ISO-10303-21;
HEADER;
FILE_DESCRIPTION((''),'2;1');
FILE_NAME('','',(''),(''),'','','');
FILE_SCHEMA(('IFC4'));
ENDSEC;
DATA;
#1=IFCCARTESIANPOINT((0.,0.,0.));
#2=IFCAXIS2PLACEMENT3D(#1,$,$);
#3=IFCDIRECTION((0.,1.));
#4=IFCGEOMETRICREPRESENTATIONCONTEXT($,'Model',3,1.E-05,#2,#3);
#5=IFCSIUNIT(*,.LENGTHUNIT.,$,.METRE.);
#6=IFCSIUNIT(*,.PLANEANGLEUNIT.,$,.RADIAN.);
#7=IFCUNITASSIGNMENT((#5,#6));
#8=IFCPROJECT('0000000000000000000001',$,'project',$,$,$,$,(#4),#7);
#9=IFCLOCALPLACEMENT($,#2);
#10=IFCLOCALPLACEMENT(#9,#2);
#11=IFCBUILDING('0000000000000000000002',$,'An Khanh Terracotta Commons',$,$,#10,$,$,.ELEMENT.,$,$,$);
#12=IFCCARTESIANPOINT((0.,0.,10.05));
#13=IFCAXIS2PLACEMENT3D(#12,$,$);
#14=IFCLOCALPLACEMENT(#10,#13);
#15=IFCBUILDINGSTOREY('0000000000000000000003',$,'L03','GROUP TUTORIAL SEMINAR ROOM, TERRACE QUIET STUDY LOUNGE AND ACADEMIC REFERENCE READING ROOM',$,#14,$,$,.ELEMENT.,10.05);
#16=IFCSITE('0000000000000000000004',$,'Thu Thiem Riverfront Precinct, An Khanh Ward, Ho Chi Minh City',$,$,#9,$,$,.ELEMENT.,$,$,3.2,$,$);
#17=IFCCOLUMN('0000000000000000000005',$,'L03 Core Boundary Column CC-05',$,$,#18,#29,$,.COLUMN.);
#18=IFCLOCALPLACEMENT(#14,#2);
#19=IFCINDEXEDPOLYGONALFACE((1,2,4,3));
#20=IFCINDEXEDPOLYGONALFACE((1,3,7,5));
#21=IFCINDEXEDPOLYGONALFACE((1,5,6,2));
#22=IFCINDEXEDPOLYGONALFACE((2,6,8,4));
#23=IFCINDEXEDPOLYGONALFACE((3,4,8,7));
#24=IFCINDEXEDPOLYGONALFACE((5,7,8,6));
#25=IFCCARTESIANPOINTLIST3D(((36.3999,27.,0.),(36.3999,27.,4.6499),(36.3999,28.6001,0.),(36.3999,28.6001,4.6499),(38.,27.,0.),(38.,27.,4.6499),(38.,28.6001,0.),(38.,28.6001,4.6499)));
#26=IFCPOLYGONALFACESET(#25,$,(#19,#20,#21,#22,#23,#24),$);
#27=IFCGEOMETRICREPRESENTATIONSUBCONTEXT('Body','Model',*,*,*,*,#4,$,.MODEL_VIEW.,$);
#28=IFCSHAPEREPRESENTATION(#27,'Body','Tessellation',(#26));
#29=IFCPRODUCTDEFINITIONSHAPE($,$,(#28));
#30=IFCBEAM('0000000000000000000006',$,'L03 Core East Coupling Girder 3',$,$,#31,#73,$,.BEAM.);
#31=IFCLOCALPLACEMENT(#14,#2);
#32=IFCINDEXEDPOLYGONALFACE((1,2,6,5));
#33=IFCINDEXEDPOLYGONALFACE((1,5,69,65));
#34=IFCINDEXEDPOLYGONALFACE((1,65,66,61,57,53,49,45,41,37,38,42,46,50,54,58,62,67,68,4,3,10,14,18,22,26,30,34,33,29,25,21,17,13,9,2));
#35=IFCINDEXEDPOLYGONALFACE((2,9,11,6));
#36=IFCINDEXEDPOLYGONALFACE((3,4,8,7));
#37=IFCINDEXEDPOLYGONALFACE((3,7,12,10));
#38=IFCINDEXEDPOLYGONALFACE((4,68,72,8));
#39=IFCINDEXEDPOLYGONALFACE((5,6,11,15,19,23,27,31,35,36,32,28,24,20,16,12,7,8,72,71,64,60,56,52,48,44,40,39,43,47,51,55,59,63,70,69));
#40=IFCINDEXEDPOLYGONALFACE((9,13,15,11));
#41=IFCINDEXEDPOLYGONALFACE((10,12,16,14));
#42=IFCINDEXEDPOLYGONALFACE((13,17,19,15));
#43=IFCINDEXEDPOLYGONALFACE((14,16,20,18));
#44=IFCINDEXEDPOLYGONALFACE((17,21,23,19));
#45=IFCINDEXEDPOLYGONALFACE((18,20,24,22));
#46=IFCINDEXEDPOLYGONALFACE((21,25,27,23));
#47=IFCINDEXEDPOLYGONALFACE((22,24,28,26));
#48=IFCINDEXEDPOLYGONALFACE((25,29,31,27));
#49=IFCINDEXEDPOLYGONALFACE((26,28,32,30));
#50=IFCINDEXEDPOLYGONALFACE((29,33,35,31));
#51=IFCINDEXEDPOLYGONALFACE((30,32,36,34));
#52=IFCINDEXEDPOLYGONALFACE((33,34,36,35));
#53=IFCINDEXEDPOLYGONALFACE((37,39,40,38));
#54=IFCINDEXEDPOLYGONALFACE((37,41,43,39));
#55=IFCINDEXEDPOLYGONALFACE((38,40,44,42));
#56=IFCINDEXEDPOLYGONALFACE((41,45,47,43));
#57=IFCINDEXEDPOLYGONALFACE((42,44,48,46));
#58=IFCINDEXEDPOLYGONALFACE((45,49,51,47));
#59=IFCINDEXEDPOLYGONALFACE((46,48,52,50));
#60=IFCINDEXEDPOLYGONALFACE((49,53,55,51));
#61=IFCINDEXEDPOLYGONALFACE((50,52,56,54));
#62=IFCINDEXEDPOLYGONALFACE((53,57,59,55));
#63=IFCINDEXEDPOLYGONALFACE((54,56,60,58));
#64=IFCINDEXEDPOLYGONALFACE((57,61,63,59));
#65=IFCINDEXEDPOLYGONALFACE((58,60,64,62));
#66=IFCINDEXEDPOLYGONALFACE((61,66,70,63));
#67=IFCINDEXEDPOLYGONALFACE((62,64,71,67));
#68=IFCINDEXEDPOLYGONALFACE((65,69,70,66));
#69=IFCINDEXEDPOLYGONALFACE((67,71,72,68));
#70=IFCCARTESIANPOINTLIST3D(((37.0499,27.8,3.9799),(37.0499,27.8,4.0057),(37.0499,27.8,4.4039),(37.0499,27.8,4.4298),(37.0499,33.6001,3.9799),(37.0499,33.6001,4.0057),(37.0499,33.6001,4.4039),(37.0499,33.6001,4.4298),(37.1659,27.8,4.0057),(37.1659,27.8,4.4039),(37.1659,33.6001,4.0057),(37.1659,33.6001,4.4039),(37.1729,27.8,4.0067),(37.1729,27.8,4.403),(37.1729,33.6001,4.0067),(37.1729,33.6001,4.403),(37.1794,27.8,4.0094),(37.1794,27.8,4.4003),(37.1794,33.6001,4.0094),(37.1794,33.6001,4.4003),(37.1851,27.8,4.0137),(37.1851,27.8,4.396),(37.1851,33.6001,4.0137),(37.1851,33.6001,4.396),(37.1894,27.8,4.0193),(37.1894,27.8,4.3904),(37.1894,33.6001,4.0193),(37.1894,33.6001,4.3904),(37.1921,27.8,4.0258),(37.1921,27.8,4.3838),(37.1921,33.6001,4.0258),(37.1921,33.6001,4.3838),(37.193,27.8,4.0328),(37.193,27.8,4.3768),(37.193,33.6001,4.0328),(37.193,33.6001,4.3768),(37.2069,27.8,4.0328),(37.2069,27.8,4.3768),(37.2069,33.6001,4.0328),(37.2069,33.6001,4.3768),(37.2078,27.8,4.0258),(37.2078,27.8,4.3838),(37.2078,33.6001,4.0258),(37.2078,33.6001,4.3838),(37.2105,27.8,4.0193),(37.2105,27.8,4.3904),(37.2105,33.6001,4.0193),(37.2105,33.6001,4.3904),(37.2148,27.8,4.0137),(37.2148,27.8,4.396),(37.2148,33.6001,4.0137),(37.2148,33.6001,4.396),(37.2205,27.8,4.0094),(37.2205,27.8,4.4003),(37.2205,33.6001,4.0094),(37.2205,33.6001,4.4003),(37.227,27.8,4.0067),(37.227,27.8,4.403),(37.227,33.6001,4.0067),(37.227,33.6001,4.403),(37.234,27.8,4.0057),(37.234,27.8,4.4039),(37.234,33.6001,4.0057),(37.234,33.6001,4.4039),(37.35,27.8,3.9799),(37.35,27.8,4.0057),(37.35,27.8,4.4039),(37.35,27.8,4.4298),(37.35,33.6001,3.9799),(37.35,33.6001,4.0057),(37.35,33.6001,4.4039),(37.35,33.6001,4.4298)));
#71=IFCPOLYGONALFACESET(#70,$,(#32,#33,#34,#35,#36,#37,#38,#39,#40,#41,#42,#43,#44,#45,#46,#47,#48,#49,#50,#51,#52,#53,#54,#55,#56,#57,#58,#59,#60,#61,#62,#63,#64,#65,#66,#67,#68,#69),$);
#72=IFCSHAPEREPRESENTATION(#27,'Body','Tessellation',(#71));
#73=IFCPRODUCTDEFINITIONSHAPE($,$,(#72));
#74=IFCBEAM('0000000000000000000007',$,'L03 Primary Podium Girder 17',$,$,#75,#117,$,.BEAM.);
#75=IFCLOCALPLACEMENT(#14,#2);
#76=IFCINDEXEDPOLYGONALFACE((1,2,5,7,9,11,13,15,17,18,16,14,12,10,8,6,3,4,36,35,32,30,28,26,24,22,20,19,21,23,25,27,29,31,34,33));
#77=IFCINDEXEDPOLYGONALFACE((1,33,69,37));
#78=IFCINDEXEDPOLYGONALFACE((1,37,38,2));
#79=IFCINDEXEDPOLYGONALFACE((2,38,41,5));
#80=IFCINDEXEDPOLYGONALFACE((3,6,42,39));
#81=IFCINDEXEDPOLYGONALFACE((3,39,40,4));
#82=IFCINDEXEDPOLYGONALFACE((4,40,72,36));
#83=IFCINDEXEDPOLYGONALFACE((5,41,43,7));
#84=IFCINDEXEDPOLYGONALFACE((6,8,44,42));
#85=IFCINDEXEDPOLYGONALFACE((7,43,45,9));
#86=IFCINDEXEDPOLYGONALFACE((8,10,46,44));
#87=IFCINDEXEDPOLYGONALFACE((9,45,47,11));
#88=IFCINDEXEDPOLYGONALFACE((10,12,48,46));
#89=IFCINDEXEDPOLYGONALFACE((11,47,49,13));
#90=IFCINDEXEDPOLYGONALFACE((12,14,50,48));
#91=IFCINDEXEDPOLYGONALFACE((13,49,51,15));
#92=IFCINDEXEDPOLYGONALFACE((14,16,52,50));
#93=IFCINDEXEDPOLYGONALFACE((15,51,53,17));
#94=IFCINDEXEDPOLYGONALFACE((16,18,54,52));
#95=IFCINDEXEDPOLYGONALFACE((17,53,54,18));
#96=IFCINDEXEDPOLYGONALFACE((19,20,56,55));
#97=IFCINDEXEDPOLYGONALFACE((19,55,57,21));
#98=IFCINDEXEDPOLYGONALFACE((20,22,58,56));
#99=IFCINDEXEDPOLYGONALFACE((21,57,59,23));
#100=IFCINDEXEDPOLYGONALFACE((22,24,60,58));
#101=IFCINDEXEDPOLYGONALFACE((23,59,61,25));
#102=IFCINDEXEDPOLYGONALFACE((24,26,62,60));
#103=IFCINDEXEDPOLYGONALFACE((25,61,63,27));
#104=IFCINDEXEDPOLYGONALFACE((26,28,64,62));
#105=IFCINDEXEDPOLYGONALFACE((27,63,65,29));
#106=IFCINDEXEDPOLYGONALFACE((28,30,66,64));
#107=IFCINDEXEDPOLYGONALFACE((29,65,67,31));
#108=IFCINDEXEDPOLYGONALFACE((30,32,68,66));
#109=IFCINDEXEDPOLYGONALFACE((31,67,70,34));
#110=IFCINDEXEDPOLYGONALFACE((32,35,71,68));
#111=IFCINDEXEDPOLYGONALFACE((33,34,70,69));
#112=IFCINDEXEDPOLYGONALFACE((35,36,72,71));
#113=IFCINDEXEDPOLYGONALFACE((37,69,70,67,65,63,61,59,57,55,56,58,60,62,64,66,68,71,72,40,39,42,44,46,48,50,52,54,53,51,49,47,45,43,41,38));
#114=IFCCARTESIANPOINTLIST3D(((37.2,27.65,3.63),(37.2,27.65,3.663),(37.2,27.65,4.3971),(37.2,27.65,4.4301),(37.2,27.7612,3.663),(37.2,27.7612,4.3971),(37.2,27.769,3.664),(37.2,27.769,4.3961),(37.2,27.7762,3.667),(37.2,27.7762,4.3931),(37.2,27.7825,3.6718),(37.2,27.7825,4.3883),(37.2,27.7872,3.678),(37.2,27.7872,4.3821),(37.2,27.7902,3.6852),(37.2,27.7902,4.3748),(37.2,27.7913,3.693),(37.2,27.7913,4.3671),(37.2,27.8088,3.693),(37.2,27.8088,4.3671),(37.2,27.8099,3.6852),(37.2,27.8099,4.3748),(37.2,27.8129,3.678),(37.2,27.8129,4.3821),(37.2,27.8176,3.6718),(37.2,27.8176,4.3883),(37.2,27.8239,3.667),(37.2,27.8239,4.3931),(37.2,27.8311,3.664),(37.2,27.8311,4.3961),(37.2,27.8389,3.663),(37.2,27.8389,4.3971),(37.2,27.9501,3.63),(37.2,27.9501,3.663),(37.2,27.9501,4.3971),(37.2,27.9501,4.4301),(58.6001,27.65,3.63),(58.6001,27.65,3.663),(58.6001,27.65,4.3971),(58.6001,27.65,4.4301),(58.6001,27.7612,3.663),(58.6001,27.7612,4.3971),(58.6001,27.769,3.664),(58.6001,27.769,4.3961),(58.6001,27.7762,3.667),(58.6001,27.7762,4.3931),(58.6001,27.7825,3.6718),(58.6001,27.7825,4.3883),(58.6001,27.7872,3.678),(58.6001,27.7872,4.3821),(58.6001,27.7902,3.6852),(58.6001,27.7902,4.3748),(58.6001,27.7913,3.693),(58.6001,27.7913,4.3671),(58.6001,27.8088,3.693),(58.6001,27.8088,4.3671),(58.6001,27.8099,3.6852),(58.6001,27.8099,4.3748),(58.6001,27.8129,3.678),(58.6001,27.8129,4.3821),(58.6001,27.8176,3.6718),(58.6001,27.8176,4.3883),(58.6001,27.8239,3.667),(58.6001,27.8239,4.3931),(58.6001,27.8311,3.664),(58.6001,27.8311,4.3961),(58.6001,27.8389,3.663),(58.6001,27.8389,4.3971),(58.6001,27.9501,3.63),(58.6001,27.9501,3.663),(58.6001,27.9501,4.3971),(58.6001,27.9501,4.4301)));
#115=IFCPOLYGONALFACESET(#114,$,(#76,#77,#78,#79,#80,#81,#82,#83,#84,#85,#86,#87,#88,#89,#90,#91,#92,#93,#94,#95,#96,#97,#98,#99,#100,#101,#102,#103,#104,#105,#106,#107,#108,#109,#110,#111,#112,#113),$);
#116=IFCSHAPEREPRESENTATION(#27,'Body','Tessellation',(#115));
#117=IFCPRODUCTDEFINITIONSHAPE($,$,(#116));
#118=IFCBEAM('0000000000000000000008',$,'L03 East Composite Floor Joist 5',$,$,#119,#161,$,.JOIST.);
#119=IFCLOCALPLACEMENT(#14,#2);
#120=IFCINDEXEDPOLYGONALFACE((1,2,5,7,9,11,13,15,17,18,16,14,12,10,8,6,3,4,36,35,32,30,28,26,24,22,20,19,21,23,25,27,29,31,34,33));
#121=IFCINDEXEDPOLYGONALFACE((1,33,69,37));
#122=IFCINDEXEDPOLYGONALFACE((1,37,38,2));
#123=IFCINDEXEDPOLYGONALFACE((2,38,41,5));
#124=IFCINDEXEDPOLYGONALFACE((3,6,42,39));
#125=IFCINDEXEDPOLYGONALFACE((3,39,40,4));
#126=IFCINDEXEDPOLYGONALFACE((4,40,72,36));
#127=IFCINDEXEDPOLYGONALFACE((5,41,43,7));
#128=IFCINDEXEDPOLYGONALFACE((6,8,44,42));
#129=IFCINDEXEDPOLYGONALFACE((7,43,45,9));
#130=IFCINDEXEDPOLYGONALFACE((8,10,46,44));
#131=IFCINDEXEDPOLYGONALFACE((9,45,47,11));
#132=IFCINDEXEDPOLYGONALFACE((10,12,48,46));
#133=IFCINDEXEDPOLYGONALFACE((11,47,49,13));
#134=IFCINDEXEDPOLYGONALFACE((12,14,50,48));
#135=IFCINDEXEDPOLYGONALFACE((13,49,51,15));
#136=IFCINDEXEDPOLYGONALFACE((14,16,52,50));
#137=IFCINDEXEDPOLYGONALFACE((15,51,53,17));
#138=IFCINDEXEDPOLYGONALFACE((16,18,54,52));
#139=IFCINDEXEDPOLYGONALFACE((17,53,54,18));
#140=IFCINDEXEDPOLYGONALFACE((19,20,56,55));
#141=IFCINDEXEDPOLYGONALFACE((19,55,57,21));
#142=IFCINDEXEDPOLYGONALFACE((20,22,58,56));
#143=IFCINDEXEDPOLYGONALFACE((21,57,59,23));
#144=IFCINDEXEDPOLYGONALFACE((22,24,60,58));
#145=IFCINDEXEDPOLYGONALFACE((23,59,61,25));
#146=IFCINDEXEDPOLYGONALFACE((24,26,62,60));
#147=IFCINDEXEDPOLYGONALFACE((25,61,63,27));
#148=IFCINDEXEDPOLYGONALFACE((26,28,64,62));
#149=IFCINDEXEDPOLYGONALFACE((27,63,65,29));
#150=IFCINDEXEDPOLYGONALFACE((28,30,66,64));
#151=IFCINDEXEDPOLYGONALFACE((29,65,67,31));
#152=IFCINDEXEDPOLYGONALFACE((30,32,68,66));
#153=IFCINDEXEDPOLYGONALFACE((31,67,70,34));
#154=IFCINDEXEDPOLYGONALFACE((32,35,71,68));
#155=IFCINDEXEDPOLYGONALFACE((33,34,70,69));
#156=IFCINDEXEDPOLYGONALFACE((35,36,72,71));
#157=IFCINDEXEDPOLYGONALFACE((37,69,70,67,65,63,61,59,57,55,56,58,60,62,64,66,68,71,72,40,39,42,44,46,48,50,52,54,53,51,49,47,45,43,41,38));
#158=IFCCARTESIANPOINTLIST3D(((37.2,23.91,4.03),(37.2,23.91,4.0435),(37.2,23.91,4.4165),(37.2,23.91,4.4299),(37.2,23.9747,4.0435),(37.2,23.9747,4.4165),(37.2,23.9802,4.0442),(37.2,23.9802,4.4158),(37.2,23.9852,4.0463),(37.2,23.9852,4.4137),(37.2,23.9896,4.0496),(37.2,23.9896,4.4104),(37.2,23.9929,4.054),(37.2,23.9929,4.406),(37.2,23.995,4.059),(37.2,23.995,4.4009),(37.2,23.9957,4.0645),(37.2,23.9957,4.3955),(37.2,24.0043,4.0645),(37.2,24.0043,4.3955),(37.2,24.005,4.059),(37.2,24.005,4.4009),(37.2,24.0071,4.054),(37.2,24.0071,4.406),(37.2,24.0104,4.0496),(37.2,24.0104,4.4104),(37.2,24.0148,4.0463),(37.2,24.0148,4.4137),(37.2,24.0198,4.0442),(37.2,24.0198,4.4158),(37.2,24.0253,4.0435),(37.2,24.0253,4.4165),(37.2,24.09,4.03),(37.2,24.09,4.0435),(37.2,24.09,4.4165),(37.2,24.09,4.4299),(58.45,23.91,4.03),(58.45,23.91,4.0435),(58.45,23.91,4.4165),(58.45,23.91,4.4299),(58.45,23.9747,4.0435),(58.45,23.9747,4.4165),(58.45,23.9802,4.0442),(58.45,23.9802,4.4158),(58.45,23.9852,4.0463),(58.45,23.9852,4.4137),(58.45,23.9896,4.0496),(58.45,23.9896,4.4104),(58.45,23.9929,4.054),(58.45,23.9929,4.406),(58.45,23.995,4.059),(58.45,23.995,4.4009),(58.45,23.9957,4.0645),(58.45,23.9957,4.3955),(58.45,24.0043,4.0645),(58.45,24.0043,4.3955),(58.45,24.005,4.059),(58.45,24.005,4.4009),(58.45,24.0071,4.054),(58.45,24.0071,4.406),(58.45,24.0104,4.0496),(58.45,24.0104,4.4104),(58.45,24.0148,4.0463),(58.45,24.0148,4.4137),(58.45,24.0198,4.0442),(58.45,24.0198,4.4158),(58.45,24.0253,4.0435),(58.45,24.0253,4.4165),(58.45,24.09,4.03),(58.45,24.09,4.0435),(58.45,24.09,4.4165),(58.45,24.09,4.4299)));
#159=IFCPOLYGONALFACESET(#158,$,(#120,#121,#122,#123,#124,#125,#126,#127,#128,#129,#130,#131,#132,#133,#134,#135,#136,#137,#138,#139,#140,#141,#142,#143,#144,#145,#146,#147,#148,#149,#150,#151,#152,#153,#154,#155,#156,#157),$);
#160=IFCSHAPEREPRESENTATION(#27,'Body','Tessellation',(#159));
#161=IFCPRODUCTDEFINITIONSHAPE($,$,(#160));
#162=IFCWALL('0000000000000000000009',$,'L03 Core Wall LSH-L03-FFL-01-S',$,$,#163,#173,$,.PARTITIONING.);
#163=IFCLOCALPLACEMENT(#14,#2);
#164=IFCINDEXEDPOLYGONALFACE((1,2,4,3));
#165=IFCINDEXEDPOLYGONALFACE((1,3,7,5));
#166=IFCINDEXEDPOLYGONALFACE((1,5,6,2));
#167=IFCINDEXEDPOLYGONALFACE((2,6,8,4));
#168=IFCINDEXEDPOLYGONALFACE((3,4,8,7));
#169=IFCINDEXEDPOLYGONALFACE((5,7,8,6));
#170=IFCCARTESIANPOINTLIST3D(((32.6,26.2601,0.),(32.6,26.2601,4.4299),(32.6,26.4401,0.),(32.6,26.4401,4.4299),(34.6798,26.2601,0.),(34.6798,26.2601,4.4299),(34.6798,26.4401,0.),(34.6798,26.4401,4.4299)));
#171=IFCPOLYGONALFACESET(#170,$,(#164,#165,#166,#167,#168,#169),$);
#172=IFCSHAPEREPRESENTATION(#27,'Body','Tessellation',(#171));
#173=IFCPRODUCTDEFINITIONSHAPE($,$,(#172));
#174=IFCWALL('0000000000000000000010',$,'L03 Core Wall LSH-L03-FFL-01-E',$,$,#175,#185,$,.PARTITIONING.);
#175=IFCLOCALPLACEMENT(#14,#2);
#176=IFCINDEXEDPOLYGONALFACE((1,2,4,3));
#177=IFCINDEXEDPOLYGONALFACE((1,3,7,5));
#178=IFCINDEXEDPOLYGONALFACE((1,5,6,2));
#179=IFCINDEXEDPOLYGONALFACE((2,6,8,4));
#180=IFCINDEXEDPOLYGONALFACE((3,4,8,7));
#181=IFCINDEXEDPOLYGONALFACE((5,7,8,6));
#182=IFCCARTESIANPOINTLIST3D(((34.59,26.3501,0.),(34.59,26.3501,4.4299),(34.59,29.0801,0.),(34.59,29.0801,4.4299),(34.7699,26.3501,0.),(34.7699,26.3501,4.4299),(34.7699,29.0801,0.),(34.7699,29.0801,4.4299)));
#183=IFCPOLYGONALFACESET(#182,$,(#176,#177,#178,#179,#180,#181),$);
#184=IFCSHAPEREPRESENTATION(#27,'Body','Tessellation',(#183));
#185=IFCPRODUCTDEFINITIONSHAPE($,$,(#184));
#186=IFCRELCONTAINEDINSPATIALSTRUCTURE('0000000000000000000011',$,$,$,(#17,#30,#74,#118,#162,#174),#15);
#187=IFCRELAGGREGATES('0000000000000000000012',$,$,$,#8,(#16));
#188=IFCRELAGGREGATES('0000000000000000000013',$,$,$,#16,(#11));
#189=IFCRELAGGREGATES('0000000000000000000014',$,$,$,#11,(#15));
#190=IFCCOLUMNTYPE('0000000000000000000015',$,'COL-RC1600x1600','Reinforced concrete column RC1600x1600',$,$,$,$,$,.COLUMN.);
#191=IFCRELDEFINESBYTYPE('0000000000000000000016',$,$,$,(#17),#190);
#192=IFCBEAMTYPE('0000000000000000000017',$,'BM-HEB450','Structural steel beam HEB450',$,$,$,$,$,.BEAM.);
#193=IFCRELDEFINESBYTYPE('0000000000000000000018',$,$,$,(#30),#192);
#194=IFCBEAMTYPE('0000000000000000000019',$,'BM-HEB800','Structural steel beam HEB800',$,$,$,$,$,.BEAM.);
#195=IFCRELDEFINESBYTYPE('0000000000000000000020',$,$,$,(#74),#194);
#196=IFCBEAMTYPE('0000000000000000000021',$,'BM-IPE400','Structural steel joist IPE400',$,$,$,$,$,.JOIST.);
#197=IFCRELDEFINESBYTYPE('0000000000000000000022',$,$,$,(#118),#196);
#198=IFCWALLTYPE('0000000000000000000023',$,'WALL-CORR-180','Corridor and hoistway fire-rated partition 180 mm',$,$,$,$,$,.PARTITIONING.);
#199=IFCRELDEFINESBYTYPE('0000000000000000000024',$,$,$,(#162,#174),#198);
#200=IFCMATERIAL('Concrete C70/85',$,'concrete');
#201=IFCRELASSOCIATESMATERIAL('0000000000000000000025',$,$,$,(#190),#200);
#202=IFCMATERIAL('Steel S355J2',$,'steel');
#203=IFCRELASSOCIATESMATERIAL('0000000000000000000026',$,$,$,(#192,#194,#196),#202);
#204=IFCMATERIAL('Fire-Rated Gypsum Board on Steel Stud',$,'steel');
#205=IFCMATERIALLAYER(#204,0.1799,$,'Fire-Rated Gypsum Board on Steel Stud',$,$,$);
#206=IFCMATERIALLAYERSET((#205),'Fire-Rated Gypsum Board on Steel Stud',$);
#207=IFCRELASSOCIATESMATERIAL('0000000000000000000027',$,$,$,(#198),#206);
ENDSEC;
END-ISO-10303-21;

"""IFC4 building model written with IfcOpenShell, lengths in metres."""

from ifc_helpers import new_model, si_unit, direction, frame, frame_2d, origin, origin_2d, place, context, subcontext, project, spatial, rectangle, i_section, extrude, material, layer, layer_set, material_profile, profile_set, type_object, element, save


model = new_model("IFC4")

# Units and contexts
model_context = context("Model", 3, precision=1e-05, world=origin(), true_north=direction((0.0, 1.0)))
body_context = subcontext(model_context, "Body", "Model", "MODEL_VIEW")
ifc_project = project(units=[si_unit("LENGTHUNIT", "METRE"), si_unit("PLANEANGLEUNIT", "RADIAN")], contexts=[model_context])

# Site, building, storey
site_placement = place(None, origin())
site = spatial("IfcSite", under=ifc_project, at=site_placement, Name="Thu Thiem Riverfront Precinct, An Khanh Ward, Ho Chi Minh City", CompositionType="ELEMENT", RefElevation=3.2)
building_placement = place(site_placement, origin())
building = spatial("IfcBuilding", under=site, at=building_placement, Name="An Khanh Terracotta Commons", CompositionType="ELEMENT")
storey_placement = place(building_placement, frame((0.0, 0.0, 10.05)))
storey = spatial("IfcBuildingStorey", under=building, at=storey_placement, Name="L03", Description="GROUP TUTORIAL SEMINAR ROOM, TERRACE QUIET STUDY LOUNGE AND ACADEMIC REFERENCE READING ROOM", CompositionType="ELEMENT", Elevation=10.05)

# Column
ifc_material_1 = material(Name="Concrete C70/85", Category="concrete")
ifc_material_profile_1 = material_profile(ifc_material_1, rectangle(XDim=1.6001, YDim=1.6001, at=origin_2d()), Name="RC1600x1600")
ifc_profile_set_1 = profile_set([ifc_material_profile_1], Name="Concrete C70/85")
column_type = type_object("IfcColumnType", Name="COL-RC1600x1600", Description="Reinforced concrete column RC1600x1600", PredefinedType="COLUMN", material=ifc_profile_set_1)
column_placement = place(storey_placement, frame((37.2, 27.8, 0.0), z_axis=(0.0, 0.0, 1.0), x_axis=(1.0, 0.0, 0.0)))
element("IfcColumn", 1, at=column_placement, inside=storey, type_object=column_type, Name="L03 Core Boundary Column CC-05", PredefinedType="COLUMN", context=body_context, shape_type="SweptSolid", body=[
    extrude(rectangle(XDim=1.6001, YDim=1.6001, at=origin_2d()), origin(), (0.0, 0.0, 1.0), 4.6499),
])

# Beams
ifc_material_2 = material(Name="Steel S355J2", Category="steel")
ifc_material_profile_2 = material_profile(ifc_material_2, i_section(OverallWidth=0.3, OverallDepth=0.45, WebThickness=0.0139, FlangeThickness=0.0259, FilletRadius=0.0271, at=origin_2d()), Name="HEB450")
ifc_profile_set_2 = profile_set([ifc_material_profile_2], Name="Steel S355J2")
beam_type_1 = type_object("IfcBeamType", Name="BM-HEB450", Description="Structural steel beam HEB450", PredefinedType="BEAM", material=ifc_profile_set_2)
beam_1_placement = place(storey_placement, frame((37.2, 27.8, 4.2048), z_axis=(0.0, 1.0, 0.0), x_axis=(-1.0, 0.0, 0.0)))
element("IfcBeam", 2, at=beam_1_placement, inside=storey, type_object=beam_type_1, Name="L03 Core East Coupling Girder 3", PredefinedType="BEAM", context=body_context, shape_type="SweptSolid", body=[
    extrude(i_section(OverallWidth=0.3, OverallDepth=0.45, WebThickness=0.0139, FlangeThickness=0.0259, FilletRadius=0.0271, at=origin_2d()), origin(), (0.0, 0.0, 1.0), 5.8),
])
ifc_material_profile_3 = material_profile(ifc_material_2, i_section(OverallWidth=0.3, OverallDepth=0.8, WebThickness=0.0176, FlangeThickness=0.033, FilletRadius=0.03, at=origin_2d()), Name="HEB800")
ifc_profile_set_3 = profile_set([ifc_material_profile_3], Name="Steel S355J2")
beam_type_2 = type_object("IfcBeamType", Name="BM-HEB800", Description="Structural steel beam HEB800", PredefinedType="BEAM", material=ifc_profile_set_3)
beam_2_placement = place(storey_placement, frame((37.2, 27.8, 4.03), z_axis=(1.0, 0.0, 0.0), x_axis=(0.0, 1.0, 0.0)))
element("IfcBeam", 3, at=beam_2_placement, inside=storey, type_object=beam_type_2, Name="L03 Primary Podium Girder 17", PredefinedType="BEAM", context=body_context, shape_type="SweptSolid", body=[
    extrude(i_section(OverallWidth=0.3, OverallDepth=0.8, WebThickness=0.0176, FlangeThickness=0.033, FilletRadius=0.03, at=origin_2d()), origin(), (0.0, 0.0, 1.0), 21.4001),
])
ifc_material_profile_4 = material_profile(ifc_material_2, i_section(OverallWidth=0.1799, OverallDepth=0.3999, WebThickness=0.0085, FlangeThickness=0.0134, FilletRadius=0.021, at=origin_2d()), Name="IPE400")
ifc_profile_set_4 = profile_set([ifc_material_profile_4], Name="Steel S355J2")
beam_type_3 = type_object("IfcBeamType", Name="BM-IPE400", Description="Structural steel joist IPE400", PredefinedType="JOIST", material=ifc_profile_set_4)
beam_3_placement = place(storey_placement, frame((37.2, 24.0, 4.23), z_axis=(1.0, 0.0, 0.0), x_axis=(0.0, 1.0, 0.0)))
element("IfcBeam", 4, at=beam_3_placement, inside=storey, type_object=beam_type_3, Name="L03 East Composite Floor Joist 5", PredefinedType="JOIST", context=body_context, shape_type="SweptSolid", body=[
    extrude(i_section(OverallWidth=0.1799, OverallDepth=0.3999, WebThickness=0.0085, FlangeThickness=0.0134, FilletRadius=0.021, at=origin_2d()), origin(), (0.0, 0.0, 1.0), 21.25),
])

# Walls
ifc_material_3 = material(Name="Fire-Rated Gypsum Board on Steel Stud", Category="steel")
ifc_layer = layer(ifc_material_3, 0.1799, Name="Fire-Rated Gypsum Board on Steel Stud")
ifc_layer_set = layer_set([ifc_layer], Name="Fire-Rated Gypsum Board on Steel Stud")
wall_type = type_object("IfcWallType", Name="WALL-CORR-180", Description="Corridor and hoistway fire-rated partition 180 mm", PredefinedType="PARTITIONING", material=ifc_layer_set)
wall_1_placement = place(storey_placement, frame((34.6799, 26.3501, 0.0), z_axis=(0.0, 0.0, 1.0), x_axis=(-1.0, 0.0, 0.0)))
element("IfcWall", 5, at=wall_1_placement, inside=storey, type_object=wall_type, Name="L03 Core Wall LSH-L03-FFL-01-S", PredefinedType="PARTITIONING", context=body_context, shape_type="SweptSolid", body=[
    extrude(rectangle(XDim=2.0798, YDim=0.1799, at=frame_2d((1.04, 0.0))), origin(), (0.0, 0.0, 1.0), 4.4299),
])
wall_2_placement = place(storey_placement, frame((34.6799, 26.3501, 0.0), z_axis=(0.0, 0.0, 1.0), x_axis=(0.0, 1.0, 0.0)))
element("IfcWall", 6, at=wall_2_placement, inside=storey, type_object=wall_type, Name="L03 Core Wall LSH-L03-FFL-01-E", PredefinedType="PARTITIONING", context=body_context, shape_type="SweptSolid", body=[
    extrude(rectangle(XDim=2.73, YDim=0.1799, at=frame_2d((1.365, 0.0))), origin(), (0.0, 0.0, 1.0), 4.4299),
])

save(model, "model.ifc")
